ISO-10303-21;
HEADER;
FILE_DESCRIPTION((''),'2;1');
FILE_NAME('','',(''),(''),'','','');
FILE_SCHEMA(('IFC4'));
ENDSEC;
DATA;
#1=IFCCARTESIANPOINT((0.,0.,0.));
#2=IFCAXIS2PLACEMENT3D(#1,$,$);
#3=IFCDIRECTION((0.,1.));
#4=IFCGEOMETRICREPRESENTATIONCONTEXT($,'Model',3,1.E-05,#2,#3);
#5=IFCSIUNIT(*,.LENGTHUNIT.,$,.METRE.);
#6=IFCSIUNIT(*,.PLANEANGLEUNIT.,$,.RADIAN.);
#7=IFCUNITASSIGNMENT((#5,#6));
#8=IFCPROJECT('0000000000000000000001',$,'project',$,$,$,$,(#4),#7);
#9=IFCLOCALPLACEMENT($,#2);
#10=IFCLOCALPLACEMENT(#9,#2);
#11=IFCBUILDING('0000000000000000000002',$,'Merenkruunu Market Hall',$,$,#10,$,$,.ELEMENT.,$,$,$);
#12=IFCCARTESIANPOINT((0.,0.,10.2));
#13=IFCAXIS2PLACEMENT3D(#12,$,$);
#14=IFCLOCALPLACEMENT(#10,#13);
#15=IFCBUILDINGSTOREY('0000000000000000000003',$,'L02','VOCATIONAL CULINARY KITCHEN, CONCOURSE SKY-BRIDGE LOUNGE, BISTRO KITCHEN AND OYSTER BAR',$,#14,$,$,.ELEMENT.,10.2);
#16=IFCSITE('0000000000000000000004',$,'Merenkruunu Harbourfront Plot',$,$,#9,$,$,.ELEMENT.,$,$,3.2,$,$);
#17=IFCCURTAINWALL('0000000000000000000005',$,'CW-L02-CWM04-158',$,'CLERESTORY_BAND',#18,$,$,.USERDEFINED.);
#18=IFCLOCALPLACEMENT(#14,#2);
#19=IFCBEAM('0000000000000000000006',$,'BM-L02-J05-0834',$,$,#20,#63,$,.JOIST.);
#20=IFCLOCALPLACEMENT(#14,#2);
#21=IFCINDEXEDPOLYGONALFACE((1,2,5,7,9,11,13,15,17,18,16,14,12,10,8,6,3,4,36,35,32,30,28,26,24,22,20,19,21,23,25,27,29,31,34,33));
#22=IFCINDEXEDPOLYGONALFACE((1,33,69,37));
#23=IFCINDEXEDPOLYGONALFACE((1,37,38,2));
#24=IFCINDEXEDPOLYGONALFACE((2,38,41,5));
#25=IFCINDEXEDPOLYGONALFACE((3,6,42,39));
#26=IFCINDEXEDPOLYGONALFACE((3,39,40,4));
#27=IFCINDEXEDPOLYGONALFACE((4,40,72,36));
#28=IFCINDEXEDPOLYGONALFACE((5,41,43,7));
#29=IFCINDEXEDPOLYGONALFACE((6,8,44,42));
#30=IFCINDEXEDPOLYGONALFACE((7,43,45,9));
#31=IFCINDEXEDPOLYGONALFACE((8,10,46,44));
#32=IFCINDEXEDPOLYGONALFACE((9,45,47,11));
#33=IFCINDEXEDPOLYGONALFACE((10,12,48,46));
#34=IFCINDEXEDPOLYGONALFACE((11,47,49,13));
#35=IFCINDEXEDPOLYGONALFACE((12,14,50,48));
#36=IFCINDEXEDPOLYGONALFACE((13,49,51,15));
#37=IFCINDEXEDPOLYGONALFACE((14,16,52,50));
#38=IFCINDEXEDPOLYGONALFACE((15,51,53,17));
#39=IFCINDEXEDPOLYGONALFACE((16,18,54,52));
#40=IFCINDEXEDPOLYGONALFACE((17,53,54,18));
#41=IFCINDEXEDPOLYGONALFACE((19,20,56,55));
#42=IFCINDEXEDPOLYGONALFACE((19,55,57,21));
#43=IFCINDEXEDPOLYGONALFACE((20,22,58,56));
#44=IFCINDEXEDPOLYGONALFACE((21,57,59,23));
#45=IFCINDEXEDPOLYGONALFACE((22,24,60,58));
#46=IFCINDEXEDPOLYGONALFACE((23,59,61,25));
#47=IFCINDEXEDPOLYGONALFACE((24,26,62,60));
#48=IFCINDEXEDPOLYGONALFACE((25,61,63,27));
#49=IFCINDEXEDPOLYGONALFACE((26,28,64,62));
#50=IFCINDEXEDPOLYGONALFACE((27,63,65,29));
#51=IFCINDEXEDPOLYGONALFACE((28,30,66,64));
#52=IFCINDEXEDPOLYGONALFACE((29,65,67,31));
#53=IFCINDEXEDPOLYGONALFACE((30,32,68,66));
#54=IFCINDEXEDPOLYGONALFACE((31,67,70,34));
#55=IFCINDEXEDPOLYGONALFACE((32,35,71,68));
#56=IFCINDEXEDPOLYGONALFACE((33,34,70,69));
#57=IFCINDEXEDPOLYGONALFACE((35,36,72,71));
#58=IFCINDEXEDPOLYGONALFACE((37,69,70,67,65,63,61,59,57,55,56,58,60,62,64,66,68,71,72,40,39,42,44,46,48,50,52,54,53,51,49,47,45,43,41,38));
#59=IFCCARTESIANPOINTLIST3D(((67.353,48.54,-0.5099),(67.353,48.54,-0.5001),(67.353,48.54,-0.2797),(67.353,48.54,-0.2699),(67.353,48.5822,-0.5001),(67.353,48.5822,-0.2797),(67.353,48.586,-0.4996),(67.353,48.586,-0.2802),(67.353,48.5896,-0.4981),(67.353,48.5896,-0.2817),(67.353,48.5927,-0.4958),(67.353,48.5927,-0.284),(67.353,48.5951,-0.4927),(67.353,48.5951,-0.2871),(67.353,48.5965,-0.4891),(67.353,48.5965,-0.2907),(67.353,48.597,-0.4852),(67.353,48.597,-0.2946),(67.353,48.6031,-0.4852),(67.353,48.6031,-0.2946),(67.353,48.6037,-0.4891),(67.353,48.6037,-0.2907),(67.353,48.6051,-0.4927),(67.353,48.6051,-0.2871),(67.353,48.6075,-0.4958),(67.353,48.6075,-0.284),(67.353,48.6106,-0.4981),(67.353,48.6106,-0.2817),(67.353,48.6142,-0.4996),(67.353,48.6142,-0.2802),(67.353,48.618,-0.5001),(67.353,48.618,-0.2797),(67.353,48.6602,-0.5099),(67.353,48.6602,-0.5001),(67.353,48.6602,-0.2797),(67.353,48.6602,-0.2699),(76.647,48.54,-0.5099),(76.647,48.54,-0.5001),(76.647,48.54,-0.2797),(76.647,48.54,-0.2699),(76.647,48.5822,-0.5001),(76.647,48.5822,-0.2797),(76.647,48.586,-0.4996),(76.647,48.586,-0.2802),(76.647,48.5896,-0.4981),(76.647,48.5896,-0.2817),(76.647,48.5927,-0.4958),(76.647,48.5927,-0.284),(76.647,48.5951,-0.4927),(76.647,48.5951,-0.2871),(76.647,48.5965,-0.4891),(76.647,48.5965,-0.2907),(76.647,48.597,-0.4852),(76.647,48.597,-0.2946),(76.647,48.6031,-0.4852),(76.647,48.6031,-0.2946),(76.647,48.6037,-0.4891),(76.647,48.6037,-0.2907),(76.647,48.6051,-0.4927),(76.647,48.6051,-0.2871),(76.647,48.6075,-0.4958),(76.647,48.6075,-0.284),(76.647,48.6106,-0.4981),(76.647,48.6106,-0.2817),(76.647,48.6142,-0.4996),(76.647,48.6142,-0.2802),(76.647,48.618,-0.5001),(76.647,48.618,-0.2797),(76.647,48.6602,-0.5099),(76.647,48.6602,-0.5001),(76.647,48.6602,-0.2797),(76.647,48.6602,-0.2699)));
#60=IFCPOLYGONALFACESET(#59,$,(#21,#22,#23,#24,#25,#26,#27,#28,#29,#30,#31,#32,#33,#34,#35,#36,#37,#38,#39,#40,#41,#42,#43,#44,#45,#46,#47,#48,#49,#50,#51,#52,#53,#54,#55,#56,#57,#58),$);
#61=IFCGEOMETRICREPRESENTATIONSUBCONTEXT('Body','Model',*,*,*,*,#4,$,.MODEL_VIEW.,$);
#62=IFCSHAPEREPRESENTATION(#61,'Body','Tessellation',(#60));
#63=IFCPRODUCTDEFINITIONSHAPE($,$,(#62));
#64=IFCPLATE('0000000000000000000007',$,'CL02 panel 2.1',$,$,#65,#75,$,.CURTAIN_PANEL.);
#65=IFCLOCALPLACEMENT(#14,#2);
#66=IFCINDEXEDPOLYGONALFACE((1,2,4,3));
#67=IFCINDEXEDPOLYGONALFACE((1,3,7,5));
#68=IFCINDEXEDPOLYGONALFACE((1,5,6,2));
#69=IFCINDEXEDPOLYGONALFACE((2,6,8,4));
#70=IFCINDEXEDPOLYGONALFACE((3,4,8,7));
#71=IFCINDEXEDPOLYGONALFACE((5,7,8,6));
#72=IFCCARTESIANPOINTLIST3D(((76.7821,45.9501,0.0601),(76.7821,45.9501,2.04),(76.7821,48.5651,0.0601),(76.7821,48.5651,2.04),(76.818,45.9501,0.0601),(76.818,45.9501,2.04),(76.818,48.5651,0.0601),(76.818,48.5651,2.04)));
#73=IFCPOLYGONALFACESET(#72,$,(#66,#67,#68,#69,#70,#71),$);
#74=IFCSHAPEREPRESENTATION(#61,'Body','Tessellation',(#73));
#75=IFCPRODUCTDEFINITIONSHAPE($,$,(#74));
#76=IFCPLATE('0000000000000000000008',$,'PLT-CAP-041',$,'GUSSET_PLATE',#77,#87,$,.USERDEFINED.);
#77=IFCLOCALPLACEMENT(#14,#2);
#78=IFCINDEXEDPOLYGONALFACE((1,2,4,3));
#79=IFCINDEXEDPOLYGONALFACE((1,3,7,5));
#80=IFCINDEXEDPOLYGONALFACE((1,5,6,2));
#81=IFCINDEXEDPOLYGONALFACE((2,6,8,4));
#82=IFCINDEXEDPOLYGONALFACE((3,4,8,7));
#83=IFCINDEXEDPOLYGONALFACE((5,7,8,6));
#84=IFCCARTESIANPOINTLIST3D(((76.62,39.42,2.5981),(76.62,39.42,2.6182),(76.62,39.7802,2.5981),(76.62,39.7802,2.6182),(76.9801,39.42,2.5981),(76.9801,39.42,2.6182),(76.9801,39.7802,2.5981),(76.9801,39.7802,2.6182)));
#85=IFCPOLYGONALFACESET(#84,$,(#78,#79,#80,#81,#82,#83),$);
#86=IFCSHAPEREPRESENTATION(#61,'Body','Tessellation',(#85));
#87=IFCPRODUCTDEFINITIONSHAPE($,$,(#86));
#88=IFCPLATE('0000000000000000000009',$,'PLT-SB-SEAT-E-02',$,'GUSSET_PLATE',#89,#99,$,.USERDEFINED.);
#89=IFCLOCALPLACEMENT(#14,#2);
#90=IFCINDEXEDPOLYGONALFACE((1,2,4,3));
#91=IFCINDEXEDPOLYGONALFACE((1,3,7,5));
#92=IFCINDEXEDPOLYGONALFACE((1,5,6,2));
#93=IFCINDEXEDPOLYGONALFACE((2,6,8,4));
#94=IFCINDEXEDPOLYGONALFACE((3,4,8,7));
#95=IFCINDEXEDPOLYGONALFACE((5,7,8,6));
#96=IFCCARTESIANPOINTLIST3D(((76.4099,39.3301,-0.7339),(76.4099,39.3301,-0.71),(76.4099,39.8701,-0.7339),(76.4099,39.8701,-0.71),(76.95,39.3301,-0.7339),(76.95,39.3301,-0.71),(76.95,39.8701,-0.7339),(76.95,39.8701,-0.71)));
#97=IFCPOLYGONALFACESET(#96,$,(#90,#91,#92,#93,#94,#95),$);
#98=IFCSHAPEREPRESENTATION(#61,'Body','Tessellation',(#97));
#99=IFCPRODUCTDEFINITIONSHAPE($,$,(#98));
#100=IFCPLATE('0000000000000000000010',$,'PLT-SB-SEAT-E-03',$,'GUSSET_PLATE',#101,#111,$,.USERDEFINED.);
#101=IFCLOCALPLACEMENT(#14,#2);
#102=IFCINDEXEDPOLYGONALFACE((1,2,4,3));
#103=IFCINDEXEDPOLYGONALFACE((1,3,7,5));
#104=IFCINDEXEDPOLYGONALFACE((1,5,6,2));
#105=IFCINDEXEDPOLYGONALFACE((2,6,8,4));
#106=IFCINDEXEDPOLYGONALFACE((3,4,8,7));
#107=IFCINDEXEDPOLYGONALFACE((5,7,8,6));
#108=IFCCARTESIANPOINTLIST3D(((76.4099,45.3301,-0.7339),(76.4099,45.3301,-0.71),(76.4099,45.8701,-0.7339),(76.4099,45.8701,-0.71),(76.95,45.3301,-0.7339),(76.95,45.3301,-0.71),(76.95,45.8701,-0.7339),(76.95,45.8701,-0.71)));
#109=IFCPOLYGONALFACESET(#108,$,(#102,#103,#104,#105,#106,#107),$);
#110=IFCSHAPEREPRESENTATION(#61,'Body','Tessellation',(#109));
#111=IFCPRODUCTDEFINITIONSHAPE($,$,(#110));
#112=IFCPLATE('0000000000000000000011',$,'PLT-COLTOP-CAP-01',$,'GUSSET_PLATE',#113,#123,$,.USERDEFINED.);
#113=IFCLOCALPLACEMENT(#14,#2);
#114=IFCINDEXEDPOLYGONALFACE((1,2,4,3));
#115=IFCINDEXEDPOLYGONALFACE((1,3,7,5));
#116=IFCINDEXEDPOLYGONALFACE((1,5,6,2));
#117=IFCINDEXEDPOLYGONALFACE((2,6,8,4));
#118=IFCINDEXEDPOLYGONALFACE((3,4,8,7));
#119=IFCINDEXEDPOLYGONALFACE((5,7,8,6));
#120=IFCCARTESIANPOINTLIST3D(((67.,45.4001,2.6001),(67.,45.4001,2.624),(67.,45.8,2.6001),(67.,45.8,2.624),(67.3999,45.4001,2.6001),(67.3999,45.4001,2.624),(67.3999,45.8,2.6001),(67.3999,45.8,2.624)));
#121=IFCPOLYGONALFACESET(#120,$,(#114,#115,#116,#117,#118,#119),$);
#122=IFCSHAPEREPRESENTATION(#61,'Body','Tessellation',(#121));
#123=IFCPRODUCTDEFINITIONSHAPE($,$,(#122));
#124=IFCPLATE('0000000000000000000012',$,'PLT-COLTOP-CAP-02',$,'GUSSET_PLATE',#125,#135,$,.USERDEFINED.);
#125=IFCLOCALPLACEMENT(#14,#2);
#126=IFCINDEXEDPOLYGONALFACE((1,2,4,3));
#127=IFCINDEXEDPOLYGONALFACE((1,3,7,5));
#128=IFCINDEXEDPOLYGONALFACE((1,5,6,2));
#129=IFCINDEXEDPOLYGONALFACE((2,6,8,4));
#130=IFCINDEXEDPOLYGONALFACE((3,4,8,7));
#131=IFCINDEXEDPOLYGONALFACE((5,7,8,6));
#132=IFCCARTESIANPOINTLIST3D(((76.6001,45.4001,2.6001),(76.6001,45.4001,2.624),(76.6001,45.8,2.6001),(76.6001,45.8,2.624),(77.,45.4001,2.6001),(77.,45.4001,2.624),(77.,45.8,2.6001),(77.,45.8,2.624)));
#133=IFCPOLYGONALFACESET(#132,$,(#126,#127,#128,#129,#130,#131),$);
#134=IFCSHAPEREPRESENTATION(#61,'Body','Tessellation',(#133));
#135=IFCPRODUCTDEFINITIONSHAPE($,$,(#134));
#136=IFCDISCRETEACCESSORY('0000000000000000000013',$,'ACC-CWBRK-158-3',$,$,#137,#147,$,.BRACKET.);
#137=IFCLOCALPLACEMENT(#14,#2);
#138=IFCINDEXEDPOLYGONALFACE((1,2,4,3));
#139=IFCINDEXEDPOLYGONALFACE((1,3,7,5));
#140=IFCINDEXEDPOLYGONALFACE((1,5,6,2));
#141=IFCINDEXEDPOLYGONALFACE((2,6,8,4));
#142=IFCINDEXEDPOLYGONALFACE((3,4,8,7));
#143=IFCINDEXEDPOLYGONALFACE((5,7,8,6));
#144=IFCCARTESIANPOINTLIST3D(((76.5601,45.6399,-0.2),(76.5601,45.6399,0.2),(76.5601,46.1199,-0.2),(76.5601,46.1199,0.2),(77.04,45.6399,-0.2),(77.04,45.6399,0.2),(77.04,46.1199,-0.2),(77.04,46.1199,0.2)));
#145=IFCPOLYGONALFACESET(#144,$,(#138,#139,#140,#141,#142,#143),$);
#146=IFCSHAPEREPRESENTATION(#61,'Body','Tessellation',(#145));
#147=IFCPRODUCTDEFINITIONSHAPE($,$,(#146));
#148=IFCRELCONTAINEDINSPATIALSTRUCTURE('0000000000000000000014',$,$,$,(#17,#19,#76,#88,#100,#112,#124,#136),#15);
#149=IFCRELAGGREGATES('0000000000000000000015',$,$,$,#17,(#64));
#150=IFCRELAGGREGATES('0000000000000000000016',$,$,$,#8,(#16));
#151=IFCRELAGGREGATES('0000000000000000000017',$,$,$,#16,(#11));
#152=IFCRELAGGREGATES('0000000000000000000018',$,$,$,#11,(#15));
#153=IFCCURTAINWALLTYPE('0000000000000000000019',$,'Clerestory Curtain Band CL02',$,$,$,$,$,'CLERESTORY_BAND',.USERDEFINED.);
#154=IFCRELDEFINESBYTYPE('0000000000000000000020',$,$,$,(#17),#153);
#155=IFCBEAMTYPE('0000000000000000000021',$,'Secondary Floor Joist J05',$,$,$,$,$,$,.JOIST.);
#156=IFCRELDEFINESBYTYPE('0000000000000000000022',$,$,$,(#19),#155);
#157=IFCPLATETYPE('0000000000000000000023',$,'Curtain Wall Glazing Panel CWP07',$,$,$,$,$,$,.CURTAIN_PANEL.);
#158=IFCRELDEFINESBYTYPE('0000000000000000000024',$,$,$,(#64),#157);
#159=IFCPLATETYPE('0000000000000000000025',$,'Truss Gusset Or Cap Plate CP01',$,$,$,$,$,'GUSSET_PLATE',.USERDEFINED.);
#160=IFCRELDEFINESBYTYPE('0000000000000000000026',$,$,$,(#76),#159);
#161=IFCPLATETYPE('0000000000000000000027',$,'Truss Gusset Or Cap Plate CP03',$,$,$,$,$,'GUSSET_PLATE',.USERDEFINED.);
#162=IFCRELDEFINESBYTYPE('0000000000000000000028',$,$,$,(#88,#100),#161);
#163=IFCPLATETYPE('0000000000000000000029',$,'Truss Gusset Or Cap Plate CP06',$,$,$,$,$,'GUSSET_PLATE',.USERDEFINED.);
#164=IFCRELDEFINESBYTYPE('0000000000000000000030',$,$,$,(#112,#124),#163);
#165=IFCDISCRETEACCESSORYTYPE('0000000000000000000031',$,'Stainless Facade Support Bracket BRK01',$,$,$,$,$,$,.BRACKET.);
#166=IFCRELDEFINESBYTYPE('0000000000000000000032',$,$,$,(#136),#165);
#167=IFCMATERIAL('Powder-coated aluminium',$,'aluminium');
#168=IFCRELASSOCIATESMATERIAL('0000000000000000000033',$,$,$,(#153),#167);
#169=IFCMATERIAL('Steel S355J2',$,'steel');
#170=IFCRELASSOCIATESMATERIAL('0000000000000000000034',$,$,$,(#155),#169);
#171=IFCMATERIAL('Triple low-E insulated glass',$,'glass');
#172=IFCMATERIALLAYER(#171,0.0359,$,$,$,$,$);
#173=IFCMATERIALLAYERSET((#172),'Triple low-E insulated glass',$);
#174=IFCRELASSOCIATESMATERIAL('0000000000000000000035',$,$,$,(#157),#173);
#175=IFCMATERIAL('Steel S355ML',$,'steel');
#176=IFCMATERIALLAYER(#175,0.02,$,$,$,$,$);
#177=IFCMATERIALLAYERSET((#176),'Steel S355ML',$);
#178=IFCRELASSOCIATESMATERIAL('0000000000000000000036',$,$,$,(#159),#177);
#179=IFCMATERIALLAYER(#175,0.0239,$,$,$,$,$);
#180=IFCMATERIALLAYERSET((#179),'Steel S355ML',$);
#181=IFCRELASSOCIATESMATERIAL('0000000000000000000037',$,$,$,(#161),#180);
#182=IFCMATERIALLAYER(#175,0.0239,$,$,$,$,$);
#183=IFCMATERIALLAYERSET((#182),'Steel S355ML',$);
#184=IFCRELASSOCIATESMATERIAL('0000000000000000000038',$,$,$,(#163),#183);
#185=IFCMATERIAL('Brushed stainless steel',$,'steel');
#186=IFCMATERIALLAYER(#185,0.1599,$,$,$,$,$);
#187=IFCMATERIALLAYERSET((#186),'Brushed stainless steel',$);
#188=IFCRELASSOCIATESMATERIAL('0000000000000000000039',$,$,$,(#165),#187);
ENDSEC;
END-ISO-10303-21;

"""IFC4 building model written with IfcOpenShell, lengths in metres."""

from ifc_helpers import new_model, si_unit, direction, frame, origin, origin_2d, place, context, subcontext, project, spatial, rectangle, i_section, extrude, material, layer, layer_set, material_profile, profile_set, type_object, element, aggregate, save


model = new_model("IFC4")

# Units and contexts
model_context = context("Model", 3, precision=1e-05, world=origin(), true_north=direction((0.0, 1.0)))
body_context = subcontext(model_context, "Body", "Model", "MODEL_VIEW")
ifc_project = project(units=[si_unit("LENGTHUNIT", "METRE"), si_unit("PLANEANGLEUNIT", "RADIAN")], contexts=[model_context])

# Site, building, storey
site_placement = place(None, origin())
site = spatial("IfcSite", under=ifc_project, at=site_placement, Name="Merenkruunu Harbourfront Plot", CompositionType="ELEMENT", RefElevation=3.2)
building_placement = place(site_placement, origin())
building = spatial("IfcBuilding", under=site, at=building_placement, Name="Merenkruunu Market Hall", CompositionType="ELEMENT")
storey_placement = place(building_placement, frame((0.0, 0.0, 10.2)))
storey = spatial("IfcBuildingStorey", under=building, at=storey_placement, Name="L02", Description="VOCATIONAL CULINARY KITCHEN, CONCOURSE SKY-BRIDGE LOUNGE, BISTRO KITCHEN AND OYSTER BAR", CompositionType="ELEMENT", Elevation=10.2)

# Shared definitions
ifc_material_1 = material(Name="Steel S355ML", Category="steel")

# Curtain wall
ifc_material_2 = material(Name="Powder-coated aluminium", Category="aluminium")
curtain_wall_type = type_object("IfcCurtainWallType", Name="Clerestory Curtain Band CL02", ElementType="CLERESTORY_BAND", PredefinedType="USERDEFINED", material=ifc_material_2)
curtain_wall_placement = place(storey_placement, origin())
curtain_wall = element("IfcCurtainWall", 1, at=curtain_wall_placement, inside=storey, type_object=curtain_wall_type, Name="CW-L02-CWM04-158", ObjectType="CLERESTORY_BAND", PredefinedType="USERDEFINED")

# Shared definitions
ifc_material_3 = material(Name="Steel S355J2", Category="steel")

# Beam
ifc_material_profile_1 = material_profile(ifc_material_3, i_section(OverallWidth=0.1201, OverallDepth=0.24, WebThickness=0.0061, FlangeThickness=0.0098, FilletRadius=0.0149, at=origin_2d()), Name="IPE 240")
ifc_profile_set_1 = profile_set([ifc_material_profile_1], Name="Steel S355J2")
beam_type_1 = type_object("IfcBeamType", Name="Secondary Floor Joist J05", PredefinedType="JOIST", material=ifc_profile_set_1)
for number, where, z_axis, x_axis, name in (
    (2, (67.353, 48.6001, -0.3899), (1.0, 0.0, 0.0), (0.0, 1.0, 0.0), "BM-L02-J05-0834"),
):
    element("IfcBeam", number, at=place(storey_placement, frame(where, z_axis=z_axis, x_axis=x_axis)), inside=storey, type_object=beam_type_1, Name=name, PredefinedType="JOIST", context=body_context, shape_type="SweptSolid", body=[
        extrude(i_section(OverallWidth=0.1201, OverallDepth=0.24, WebThickness=0.0061, FlangeThickness=0.0098, FilletRadius=0.0149, at=origin_2d()), origin(), (0.0, 0.0, 1.0), 9.2939),
    ])

# Plate
ifc_material_4 = material(Name="Triple low-E insulated glass", Category="glass")
ifc_layer_1 = layer(ifc_material_4, 0.0359)
ifc_layer_set_1 = layer_set([ifc_layer_1], Name="Triple low-E insulated glass")
plate_type_1 = type_object("IfcPlateType", Name="Curtain Wall Glazing Panel CWP07", PredefinedType="CURTAIN_PANEL", material=ifc_layer_set_1)
plate_1_placement = place(storey_placement, frame((76.8, 47.2576, 0.0601), z_axis=(0.0, 0.0, 1.0), x_axis=(0.0, -1.0, 0.0)))
plate_1 = element("IfcPlate", 3, at=plate_1_placement, type_object=plate_type_1, Name="CL02 panel 2.1", PredefinedType="CURTAIN_PANEL", context=body_context, shape_type="SweptSolid", body=[
    extrude(rectangle(XDim=2.615, YDim=0.0359, at=origin_2d()), origin(), (0.0, 0.0, 1.0), 1.98),
])
aggregate(curtain_wall, [plate_1])

# Plates
ifc_layer_2 = layer(ifc_material_1, 0.02)
ifc_layer_set_2 = layer_set([ifc_layer_2], Name="Steel S355ML")
plate_type_2 = type_object("IfcPlateType", Name="Truss Gusset Or Cap Plate CP01", ElementType="GUSSET_PLATE", PredefinedType="USERDEFINED", material=ifc_layer_set_2)
plate_2_placement = place(storey_placement, frame((76.8, 39.6001, 2.5981), z_axis=(0.0, 0.0, 1.0), x_axis=(1.0, 0.0, 0.0)))
element("IfcPlate", 4, at=plate_2_placement, inside=storey, type_object=plate_type_2, Name="PLT-CAP-041", ObjectType="GUSSET_PLATE", PredefinedType="USERDEFINED", context=body_context, shape_type="SweptSolid", body=[
    extrude(rectangle(XDim=0.3601, YDim=0.3601, at=origin_2d()), origin(), (0.0, 0.0, 1.0), 0.02),
])
ifc_layer_3 = layer(ifc_material_1, 0.0239)
ifc_layer_set_3 = layer_set([ifc_layer_3], Name="Steel S355ML")
plate_type_3 = type_object("IfcPlateType", Name="Truss Gusset Or Cap Plate CP03", ElementType="GUSSET_PLATE", PredefinedType="USERDEFINED", material=ifc_layer_set_3)
for number, where, z_axis, x_axis, name in (
    (5, (76.6799, 39.6001, -0.7339), (0.0, 0.0, 1.0), (1.0, 0.0, 0.0), "PLT-SB-SEAT-E-02"),
    (6, (76.6799, 45.6001, -0.7339), (0.0, 0.0, 1.0), (1.0, 0.0, 0.0), "PLT-SB-SEAT-E-03"),
):
    element("IfcPlate", number, at=place(storey_placement, frame(where, z_axis=z_axis, x_axis=x_axis)), inside=storey, type_object=plate_type_3, Name=name, ObjectType="GUSSET_PLATE", PredefinedType="USERDEFINED", context=body_context, shape_type="SweptSolid", body=[
        extrude(rectangle(XDim=0.54, YDim=0.54, at=origin_2d()), origin(), (0.0, 0.0, 1.0), 0.0239),
    ])
ifc_layer_4 = layer(ifc_material_1, 0.0239)
ifc_layer_set_4 = layer_set([ifc_layer_4], Name="Steel S355ML")
plate_type_4 = type_object("IfcPlateType", Name="Truss Gusset Or Cap Plate CP06", ElementType="GUSSET_PLATE", PredefinedType="USERDEFINED", material=ifc_layer_set_4)
for number, where, z_axis, x_axis, name in (
    (7, (67.2, 45.6001, 2.6001), (0.0, 0.0, 1.0), (1.0, 0.0, 0.0), "PLT-COLTOP-CAP-01"),
    (8, (76.8, 45.6001, 2.6001), (0.0, 0.0, 1.0), (1.0, 0.0, 0.0), "PLT-COLTOP-CAP-02"),
):
    element("IfcPlate", number, at=place(storey_placement, frame(where, z_axis=z_axis, x_axis=x_axis)), inside=storey, type_object=plate_type_4, Name=name, ObjectType="GUSSET_PLATE", PredefinedType="USERDEFINED", context=body_context, shape_type="SweptSolid", body=[
        extrude(rectangle(XDim=0.3999, YDim=0.3999, at=origin_2d()), origin(), (0.0, 0.0, 1.0), 0.0239),
    ])

# Discrete accessory
ifc_material_5 = material(Name="Brushed stainless steel", Category="steel")
ifc_layer_5 = layer(ifc_material_5, 0.1599)
ifc_layer_set_5 = layer_set([ifc_layer_5], Name="Brushed stainless steel")
discrete_accessory_type = type_object("IfcDiscreteAccessoryType", Name="Stainless Facade Support Bracket BRK01", PredefinedType="BRACKET", material=ifc_layer_set_5)
discrete_accessory_placement = place(storey_placement, frame((76.8, 45.8799, -0.2), z_axis=(0.0, 0.0, 1.0), x_axis=(1.0, 0.0, 0.0)))
element("IfcDiscreteAccessory", 9, at=discrete_accessory_placement, inside=storey, type_object=discrete_accessory_type, Name="ACC-CWBRK-158-3", PredefinedType="BRACKET", context=body_context, shape_type="SweptSolid", body=[
    extrude(rectangle(XDim=0.48, YDim=0.48, at=origin_2d()), origin(), (0.0, 0.0, 1.0), 0.3999),
])

save(model, "model.ifc")
